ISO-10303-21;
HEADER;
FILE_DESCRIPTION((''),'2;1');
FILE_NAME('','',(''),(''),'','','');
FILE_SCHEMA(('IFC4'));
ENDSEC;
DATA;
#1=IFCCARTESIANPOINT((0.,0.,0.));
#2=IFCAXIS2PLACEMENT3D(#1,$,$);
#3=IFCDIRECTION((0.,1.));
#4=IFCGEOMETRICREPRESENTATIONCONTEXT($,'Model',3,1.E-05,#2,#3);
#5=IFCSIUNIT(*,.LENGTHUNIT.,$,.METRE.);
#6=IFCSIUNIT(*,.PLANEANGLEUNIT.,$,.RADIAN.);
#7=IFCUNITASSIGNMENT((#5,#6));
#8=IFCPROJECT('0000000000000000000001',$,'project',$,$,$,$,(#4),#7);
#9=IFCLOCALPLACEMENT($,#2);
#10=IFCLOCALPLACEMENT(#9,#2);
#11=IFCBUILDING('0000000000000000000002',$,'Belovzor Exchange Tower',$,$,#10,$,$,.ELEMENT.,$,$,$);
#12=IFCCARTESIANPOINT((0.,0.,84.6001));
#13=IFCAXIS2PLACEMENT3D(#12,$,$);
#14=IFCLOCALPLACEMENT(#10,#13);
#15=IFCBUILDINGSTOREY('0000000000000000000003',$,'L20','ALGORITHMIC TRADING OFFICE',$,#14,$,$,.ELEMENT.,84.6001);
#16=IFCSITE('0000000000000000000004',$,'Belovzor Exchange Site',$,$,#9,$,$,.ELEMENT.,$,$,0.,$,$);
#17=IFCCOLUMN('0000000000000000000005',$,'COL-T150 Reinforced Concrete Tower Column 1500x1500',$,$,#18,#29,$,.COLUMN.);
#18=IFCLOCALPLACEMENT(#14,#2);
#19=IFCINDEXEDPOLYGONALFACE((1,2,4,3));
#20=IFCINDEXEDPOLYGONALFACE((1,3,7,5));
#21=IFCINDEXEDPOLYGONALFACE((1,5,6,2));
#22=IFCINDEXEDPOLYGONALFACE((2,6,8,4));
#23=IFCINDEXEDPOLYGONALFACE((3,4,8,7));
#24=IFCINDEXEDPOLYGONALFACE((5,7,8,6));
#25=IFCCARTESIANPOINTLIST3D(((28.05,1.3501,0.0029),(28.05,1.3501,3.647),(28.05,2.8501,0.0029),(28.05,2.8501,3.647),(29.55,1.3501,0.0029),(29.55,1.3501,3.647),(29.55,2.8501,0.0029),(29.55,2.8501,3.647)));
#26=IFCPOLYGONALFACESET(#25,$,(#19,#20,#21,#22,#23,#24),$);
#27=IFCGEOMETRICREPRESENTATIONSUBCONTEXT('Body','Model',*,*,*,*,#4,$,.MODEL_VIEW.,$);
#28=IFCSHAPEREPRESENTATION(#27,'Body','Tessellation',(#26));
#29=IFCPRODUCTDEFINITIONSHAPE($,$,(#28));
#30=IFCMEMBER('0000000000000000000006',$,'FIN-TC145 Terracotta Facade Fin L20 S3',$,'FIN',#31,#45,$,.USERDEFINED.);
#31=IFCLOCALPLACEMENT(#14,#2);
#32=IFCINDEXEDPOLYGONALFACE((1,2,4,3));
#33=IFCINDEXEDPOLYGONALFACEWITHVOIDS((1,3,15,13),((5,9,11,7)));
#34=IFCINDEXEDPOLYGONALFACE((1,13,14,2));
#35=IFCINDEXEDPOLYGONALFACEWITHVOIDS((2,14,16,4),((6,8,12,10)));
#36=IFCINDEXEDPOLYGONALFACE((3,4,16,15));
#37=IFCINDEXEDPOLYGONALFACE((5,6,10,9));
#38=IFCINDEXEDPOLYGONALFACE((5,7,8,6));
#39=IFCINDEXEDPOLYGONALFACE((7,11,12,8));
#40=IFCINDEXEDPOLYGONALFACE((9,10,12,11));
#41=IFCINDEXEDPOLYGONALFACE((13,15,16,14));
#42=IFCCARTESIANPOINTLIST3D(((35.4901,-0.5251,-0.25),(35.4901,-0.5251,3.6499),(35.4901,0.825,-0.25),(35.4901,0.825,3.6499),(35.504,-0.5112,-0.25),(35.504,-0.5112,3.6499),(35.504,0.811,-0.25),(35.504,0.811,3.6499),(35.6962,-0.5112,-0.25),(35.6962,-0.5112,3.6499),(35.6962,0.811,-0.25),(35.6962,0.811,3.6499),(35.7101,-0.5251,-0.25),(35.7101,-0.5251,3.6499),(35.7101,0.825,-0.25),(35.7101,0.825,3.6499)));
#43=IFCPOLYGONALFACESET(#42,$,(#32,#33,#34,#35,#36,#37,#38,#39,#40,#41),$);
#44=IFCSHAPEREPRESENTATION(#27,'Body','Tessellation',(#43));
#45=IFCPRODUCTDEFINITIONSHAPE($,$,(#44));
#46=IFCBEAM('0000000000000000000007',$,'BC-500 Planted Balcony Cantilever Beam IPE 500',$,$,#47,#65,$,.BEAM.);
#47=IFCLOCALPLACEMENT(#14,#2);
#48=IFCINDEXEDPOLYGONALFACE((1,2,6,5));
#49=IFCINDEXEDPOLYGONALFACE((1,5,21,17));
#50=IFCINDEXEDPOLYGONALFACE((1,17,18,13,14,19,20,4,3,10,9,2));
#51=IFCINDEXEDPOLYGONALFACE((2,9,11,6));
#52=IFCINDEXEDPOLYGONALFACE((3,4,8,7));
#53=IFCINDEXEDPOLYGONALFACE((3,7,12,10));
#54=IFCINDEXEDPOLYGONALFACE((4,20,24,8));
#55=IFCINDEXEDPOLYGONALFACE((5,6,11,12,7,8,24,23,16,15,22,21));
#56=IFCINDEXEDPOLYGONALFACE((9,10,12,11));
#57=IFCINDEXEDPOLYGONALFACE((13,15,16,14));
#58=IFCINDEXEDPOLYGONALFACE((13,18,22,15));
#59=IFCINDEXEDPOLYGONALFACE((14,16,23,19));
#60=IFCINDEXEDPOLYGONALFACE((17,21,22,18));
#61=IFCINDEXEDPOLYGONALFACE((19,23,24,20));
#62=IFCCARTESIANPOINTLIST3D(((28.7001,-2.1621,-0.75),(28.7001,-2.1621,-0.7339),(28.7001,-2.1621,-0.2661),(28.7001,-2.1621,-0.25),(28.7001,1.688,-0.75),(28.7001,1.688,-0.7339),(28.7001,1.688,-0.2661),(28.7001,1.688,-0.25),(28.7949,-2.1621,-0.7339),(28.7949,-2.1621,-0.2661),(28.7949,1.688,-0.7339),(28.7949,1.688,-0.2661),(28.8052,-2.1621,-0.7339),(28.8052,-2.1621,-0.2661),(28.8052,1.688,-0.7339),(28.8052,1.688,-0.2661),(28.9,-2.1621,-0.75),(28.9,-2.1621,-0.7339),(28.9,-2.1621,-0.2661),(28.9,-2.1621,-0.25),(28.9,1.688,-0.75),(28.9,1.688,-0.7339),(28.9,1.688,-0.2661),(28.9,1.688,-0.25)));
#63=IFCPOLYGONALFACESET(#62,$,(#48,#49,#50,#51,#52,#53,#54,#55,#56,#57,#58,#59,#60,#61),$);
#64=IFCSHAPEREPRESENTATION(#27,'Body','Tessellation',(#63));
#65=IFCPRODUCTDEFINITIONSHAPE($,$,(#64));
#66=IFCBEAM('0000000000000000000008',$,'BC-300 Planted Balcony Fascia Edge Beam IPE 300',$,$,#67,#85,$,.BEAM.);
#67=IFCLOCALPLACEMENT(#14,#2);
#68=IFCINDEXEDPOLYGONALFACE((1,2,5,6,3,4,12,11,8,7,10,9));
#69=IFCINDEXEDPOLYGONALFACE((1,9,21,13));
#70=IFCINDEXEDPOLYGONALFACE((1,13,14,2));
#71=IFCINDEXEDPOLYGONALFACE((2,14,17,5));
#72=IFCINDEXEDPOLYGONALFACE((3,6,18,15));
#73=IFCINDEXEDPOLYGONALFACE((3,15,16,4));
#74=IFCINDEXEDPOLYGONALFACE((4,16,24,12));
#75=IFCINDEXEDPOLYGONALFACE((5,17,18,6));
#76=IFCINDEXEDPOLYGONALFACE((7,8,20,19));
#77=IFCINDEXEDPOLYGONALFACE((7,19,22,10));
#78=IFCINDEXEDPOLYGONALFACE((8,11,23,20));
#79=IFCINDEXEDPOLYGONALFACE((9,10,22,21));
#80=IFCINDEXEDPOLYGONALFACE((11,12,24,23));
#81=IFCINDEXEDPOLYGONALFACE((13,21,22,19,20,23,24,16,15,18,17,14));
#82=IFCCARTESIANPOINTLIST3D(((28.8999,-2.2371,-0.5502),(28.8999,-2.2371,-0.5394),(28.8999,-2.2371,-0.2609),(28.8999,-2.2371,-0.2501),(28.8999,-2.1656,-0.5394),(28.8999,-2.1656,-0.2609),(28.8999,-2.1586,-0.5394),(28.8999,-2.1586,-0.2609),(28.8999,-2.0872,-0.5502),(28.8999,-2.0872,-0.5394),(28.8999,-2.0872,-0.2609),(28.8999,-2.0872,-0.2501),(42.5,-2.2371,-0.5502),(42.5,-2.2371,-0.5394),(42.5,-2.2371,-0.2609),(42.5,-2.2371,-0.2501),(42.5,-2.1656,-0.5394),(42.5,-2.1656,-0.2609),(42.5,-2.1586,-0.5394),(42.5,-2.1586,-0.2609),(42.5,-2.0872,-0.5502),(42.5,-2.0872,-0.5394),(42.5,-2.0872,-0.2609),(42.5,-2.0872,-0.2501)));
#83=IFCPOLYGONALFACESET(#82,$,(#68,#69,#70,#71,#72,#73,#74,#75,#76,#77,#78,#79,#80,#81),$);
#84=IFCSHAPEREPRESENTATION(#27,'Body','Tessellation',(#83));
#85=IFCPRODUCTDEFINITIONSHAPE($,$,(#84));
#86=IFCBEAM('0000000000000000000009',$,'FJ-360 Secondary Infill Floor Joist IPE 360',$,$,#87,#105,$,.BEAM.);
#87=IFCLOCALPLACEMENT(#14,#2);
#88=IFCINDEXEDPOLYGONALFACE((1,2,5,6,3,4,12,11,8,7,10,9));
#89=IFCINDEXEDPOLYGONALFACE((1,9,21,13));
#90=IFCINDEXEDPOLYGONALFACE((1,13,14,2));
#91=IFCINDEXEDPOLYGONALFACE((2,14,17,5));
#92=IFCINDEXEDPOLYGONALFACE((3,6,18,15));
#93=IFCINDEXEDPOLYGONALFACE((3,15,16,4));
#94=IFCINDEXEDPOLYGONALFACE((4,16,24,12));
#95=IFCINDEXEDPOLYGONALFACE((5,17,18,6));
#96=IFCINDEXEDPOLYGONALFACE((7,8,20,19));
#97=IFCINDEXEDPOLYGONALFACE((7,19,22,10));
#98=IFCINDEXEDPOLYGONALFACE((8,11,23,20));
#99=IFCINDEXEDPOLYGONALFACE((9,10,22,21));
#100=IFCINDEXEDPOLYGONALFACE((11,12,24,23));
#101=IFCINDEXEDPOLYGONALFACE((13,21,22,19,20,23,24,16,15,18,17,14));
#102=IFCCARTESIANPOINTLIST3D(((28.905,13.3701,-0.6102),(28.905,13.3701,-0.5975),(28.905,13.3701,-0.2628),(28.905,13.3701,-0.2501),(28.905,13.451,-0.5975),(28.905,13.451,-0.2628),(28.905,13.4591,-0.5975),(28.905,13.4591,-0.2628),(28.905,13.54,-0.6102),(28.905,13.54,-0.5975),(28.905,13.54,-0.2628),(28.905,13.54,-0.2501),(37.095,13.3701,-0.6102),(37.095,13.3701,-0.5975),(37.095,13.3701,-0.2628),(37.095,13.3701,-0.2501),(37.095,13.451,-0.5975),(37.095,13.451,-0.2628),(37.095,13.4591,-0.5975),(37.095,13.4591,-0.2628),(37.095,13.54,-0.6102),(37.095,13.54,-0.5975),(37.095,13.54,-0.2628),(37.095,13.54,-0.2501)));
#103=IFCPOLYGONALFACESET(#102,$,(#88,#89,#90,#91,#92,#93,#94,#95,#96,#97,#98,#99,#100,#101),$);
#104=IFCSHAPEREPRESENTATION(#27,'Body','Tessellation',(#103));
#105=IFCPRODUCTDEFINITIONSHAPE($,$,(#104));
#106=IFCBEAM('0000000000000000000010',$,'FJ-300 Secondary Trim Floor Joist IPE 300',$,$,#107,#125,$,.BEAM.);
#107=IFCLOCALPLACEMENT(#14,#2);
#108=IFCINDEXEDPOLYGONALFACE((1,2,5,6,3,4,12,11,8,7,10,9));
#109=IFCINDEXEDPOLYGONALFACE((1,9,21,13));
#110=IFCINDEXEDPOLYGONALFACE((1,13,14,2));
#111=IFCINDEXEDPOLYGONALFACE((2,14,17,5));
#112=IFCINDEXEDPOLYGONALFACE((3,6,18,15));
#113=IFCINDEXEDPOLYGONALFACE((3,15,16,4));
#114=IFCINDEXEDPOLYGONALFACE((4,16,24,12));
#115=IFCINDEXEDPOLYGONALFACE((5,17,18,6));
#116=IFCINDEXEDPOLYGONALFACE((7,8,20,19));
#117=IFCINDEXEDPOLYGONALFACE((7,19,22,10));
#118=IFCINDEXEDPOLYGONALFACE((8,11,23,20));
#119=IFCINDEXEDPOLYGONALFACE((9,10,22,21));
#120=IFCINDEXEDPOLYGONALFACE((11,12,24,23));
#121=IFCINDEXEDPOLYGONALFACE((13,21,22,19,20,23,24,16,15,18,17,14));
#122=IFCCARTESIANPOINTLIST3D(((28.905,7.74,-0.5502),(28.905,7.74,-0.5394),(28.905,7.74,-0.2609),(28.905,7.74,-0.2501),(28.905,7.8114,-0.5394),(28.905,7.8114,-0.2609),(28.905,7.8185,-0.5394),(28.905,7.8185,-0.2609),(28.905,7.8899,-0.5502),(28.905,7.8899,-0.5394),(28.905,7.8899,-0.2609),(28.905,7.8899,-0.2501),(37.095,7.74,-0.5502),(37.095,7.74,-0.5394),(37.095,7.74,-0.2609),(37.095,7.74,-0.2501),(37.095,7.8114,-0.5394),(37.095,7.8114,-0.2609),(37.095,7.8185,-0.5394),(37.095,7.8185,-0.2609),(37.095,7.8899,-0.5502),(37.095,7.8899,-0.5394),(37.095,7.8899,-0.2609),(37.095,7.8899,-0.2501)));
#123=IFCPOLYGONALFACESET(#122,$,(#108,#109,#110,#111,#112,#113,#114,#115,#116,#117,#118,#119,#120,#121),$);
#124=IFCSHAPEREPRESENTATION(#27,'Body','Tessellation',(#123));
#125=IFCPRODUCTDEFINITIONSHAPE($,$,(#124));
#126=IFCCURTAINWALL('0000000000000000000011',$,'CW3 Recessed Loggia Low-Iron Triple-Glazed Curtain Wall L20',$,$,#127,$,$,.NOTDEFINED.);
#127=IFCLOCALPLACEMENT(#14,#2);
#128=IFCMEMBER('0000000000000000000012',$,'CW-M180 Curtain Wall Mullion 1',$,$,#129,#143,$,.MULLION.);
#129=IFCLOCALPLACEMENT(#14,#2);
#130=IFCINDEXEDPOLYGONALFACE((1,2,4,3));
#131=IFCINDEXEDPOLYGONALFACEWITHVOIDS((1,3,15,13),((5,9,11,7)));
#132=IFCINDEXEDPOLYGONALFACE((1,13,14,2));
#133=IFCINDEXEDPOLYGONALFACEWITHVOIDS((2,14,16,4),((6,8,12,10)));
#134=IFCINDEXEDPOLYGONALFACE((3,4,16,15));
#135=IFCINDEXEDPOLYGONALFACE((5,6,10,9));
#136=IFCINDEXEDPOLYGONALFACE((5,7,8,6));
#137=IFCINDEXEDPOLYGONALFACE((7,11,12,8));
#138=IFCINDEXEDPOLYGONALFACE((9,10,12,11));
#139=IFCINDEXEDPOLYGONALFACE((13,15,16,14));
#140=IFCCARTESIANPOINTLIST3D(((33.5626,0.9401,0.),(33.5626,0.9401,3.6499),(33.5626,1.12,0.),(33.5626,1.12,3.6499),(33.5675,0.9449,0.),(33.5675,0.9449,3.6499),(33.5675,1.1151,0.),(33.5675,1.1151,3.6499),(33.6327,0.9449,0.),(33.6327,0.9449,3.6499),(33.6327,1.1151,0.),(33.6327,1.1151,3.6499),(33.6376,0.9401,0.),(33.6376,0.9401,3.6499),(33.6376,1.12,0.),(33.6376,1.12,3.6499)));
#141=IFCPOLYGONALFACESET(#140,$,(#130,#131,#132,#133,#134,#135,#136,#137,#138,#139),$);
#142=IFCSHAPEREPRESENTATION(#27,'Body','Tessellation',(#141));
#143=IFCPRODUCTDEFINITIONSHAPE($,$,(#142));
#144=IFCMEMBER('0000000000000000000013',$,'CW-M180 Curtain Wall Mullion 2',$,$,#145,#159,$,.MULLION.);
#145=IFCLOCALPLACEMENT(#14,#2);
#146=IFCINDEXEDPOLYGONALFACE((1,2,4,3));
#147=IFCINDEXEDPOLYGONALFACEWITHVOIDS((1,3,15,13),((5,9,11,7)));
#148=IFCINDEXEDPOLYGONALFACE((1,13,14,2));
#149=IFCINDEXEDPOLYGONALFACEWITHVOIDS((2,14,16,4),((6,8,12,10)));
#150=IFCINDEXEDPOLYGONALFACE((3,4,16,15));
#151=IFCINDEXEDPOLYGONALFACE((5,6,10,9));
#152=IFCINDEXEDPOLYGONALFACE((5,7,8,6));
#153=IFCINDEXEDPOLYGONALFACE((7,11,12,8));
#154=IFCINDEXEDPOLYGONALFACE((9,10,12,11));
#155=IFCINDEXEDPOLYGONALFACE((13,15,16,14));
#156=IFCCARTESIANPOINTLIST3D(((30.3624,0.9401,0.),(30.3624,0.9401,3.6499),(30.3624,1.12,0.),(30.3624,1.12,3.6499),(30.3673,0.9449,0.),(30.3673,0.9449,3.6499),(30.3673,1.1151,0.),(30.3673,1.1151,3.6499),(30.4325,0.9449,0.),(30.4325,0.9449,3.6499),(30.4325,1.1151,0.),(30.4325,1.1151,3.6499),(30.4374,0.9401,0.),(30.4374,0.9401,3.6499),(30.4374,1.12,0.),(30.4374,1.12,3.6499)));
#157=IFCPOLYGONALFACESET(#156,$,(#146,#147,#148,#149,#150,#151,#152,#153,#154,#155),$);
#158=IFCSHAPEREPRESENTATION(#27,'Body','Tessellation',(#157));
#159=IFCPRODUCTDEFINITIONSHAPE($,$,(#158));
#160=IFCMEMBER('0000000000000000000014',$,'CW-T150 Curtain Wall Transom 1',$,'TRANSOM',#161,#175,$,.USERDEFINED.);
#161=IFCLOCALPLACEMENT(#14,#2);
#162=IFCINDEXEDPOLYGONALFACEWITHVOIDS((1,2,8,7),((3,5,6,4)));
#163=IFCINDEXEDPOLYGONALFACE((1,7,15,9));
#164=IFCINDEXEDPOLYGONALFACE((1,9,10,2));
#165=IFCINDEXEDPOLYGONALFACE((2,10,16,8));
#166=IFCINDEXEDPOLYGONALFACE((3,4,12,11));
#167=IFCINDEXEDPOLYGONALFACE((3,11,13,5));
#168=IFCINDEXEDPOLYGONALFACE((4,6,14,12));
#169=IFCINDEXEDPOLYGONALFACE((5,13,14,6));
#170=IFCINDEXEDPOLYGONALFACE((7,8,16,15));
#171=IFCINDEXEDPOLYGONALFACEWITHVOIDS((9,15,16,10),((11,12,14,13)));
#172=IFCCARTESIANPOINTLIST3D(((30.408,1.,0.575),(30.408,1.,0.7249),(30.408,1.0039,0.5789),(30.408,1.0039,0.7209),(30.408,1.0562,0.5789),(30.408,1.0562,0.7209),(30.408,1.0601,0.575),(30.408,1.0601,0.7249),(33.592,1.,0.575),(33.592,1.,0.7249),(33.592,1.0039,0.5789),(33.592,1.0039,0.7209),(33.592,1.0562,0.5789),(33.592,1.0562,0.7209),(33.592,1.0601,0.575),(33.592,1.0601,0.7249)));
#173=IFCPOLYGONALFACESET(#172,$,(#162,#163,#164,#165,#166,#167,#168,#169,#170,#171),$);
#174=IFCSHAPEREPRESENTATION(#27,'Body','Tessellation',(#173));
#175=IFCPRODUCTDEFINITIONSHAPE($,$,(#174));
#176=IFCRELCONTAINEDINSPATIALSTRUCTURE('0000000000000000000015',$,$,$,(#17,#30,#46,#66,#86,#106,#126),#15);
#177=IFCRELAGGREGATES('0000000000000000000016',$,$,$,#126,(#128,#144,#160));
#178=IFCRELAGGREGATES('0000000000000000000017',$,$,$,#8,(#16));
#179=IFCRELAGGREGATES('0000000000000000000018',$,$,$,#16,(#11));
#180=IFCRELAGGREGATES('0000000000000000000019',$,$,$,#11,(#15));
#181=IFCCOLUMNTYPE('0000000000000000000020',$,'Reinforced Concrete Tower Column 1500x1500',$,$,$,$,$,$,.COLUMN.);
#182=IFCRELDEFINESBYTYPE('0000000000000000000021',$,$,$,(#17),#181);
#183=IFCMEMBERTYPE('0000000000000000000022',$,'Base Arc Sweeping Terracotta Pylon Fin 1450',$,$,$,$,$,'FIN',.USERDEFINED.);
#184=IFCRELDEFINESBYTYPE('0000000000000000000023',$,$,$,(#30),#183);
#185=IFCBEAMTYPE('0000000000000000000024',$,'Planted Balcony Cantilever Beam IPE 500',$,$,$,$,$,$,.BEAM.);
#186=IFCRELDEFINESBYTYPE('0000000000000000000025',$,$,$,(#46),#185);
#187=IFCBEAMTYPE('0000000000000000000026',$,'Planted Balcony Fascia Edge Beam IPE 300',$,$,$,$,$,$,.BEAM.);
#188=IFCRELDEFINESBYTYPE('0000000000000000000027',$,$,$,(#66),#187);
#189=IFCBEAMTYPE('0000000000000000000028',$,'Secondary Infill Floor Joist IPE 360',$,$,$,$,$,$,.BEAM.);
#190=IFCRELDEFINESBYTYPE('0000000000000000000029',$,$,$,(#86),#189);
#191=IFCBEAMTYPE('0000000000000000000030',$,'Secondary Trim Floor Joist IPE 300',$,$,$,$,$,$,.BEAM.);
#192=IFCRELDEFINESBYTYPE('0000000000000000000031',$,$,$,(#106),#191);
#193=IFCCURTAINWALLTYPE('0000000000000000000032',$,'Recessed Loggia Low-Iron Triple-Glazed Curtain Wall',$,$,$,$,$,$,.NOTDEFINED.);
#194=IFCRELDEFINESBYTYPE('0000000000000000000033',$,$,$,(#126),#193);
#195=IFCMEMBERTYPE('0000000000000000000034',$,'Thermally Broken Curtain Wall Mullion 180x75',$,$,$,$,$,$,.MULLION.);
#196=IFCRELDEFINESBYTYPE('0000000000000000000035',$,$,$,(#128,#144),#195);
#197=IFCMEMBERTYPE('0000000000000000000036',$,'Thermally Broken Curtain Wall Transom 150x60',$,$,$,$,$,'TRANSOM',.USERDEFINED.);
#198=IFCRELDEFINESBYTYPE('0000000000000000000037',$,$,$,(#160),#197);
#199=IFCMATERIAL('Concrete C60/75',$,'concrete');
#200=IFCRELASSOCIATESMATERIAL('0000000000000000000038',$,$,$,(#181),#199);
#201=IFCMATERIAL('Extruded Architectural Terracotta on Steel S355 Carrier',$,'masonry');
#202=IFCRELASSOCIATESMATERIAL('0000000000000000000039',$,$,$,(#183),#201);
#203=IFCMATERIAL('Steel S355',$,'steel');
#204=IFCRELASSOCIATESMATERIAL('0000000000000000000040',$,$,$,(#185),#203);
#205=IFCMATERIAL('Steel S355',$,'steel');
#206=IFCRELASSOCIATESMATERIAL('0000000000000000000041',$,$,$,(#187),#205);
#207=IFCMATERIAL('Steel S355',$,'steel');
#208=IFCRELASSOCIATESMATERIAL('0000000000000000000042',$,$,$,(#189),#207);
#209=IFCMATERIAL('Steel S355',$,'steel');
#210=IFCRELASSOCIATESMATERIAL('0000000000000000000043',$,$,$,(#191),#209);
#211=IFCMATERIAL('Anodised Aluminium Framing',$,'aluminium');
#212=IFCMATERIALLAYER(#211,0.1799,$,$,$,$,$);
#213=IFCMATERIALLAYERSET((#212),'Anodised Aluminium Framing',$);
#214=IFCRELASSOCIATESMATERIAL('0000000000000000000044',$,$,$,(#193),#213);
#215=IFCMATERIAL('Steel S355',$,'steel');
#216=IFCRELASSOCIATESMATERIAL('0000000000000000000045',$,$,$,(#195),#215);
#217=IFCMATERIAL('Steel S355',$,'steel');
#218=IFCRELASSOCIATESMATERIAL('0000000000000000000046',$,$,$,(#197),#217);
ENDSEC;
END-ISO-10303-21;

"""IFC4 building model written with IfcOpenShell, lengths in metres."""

from ifc_helpers import new_model, si_unit, direction, frame, origin, origin_2d, place, context, subcontext, project, spatial, rectangle, hollow_rectangle, i_section, extrude, material, layer, layer_set, material_profile, profile_set, type_object, element, aggregate, save


model = new_model("IFC4")

# Units and contexts
model_context = context("Model", 3, precision=1e-05, world=origin(), true_north=direction((0.0, 1.0)))
body_context = subcontext(model_context, "Body", "Model", "MODEL_VIEW")
ifc_project = project(units=[si_unit("LENGTHUNIT", "METRE"), si_unit("PLANEANGLEUNIT", "RADIAN")], contexts=[model_context])

# Site, building, storey
site_placement = place(None, origin())
site = spatial("IfcSite", under=ifc_project, at=site_placement, Name="Belovzor Exchange Site", CompositionType="ELEMENT", RefElevation=0.0)
building_placement = place(site_placement, origin())
building = spatial("IfcBuilding", under=site, at=building_placement, Name="Belovzor Exchange Tower", CompositionType="ELEMENT")
storey_placement = place(building_placement, frame((0.0, 0.0, 84.6001)))
storey = spatial("IfcBuildingStorey", under=building, at=storey_placement, Name="L20", Description="ALGORITHMIC TRADING OFFICE", CompositionType="ELEMENT", Elevation=84.6001)

# Column
ifc_material_1 = material(Name="Concrete C60/75", Category="concrete")
ifc_material_profile_1 = material_profile(ifc_material_1, rectangle(XDim=1.5, YDim=1.5, at=origin_2d()))
ifc_profile_set_1 = profile_set([ifc_material_profile_1], Name="Concrete C60/75")
column_type = type_object("IfcColumnType", Name="Reinforced Concrete Tower Column 1500x1500", PredefinedType="COLUMN", material=ifc_profile_set_1)
column_placement = place(storey_placement, frame((28.8, 2.1001, 0.0029), z_axis=(0.0, 0.0, 1.0), x_axis=(1.0, 0.0, 0.0)))
element("IfcColumn", 1, at=column_placement, inside=storey, type_object=column_type, Name="COL-T150 Reinforced Concrete Tower Column 1500x1500", PredefinedType="COLUMN", context=body_context, shape_type="SweptSolid", body=[
    extrude(rectangle(XDim=1.5, YDim=1.5, at=origin_2d()), origin(), (0.0, 0.0, 1.0), 3.644),
])

# Member
ifc_material_2 = material(Name="Extruded Architectural Terracotta on Steel S355 Carrier", Category="masonry")
ifc_material_profile_2 = material_profile(ifc_material_2, hollow_rectangle(XDim=0.22, YDim=1.3501, WallThickness=0.0139, at=origin_2d()))
ifc_profile_set_2 = profile_set([ifc_material_profile_2], Name="Extruded Architectural Terracotta on Steel S355 Carrier")
member_type_1 = type_object("IfcMemberType", Name="Base Arc Sweeping Terracotta Pylon Fin 1450", ElementType="FIN", PredefinedType="USERDEFINED", material=ifc_profile_set_2)
member_1_placement = place(storey_placement, frame((35.6001, 0.1499, -0.25), z_axis=(0.0, 0.0, 1.0), x_axis=(1.0, 0.0, 0.0)))
element("IfcMember", 2, at=member_1_placement, inside=storey, type_object=member_type_1, Name="FIN-TC145 Terracotta Facade Fin L20 S3", ObjectType="FIN", PredefinedType="USERDEFINED", context=body_context, shape_type="SweptSolid", body=[
    extrude(hollow_rectangle(XDim=0.22, YDim=1.3501, WallThickness=0.0139, at=origin_2d()), origin(), (0.0, 0.0, 1.0), 3.8999),
])

# Beams
ifc_material_3 = material(Name="Steel S355", Category="steel")
ifc_material_profile_3 = material_profile(ifc_material_3, i_section(OverallWidth=0.2, OverallDepth=0.5, WebThickness=0.0103, FlangeThickness=0.0161, at=origin_2d()))
ifc_profile_set_3 = profile_set([ifc_material_profile_3], Name="Steel S355")
beam_type_1 = type_object("IfcBeamType", Name="Planted Balcony Cantilever Beam IPE 500", PredefinedType="BEAM", material=ifc_profile_set_3)
beam_1_placement = place(storey_placement, frame((28.8, 1.688, -0.5), z_axis=(0.0, -1.0, 0.0), x_axis=(1.0, 0.0, 0.0)))
element("IfcBeam", 3, at=beam_1_placement, inside=storey, type_object=beam_type_1, Name="BC-500 Planted Balcony Cantilever Beam IPE 500", PredefinedType="BEAM", context=body_context, shape_type="SweptSolid", body=[
    extrude(i_section(OverallWidth=0.2, OverallDepth=0.5, WebThickness=0.0103, FlangeThickness=0.0161, at=origin_2d()), origin(), (0.0, 0.0, 1.0), 3.8501),
])
ifc_material_4 = material(Name="Steel S355", Category="steel")
ifc_material_profile_4 = material_profile(ifc_material_4, i_section(OverallWidth=0.1499, OverallDepth=0.3, WebThickness=0.0071, FlangeThickness=0.0107, at=origin_2d()))
ifc_profile_set_4 = profile_set([ifc_material_profile_4], Name="Steel S355")
beam_type_2 = type_object("IfcBeamType", Name="Planted Balcony Fascia Edge Beam IPE 300", PredefinedType="BEAM", material=ifc_profile_set_4)
beam_2_placement = place(storey_placement, frame((28.8999, -2.1621, -0.4001), z_axis=(1.0, 0.0, 0.0), x_axis=(0.0, 1.0, 0.0)))
element("IfcBeam", 4, at=beam_2_placement, inside=storey, type_object=beam_type_2, Name="BC-300 Planted Balcony Fascia Edge Beam IPE 300", PredefinedType="BEAM", context=body_context, shape_type="SweptSolid", body=[
    extrude(i_section(OverallWidth=0.1499, OverallDepth=0.3, WebThickness=0.0071, FlangeThickness=0.0107, at=origin_2d()), origin(), (0.0, 0.0, 1.0), 13.6001),
])
ifc_material_5 = material(Name="Steel S355", Category="steel")
ifc_material_profile_5 = material_profile(ifc_material_5, i_section(OverallWidth=0.1699, OverallDepth=0.3601, WebThickness=0.0081, FlangeThickness=0.0127, at=origin_2d()))
ifc_profile_set_5 = profile_set([ifc_material_profile_5], Name="Steel S355")
beam_type_3 = type_object("IfcBeamType", Name="Secondary Infill Floor Joist IPE 360", PredefinedType="BEAM", material=ifc_profile_set_5)
beam_3_placement = place(storey_placement, frame((28.905, 13.4551, -0.4302), z_axis=(1.0, 0.0, 0.0), x_axis=(0.0, 1.0, 0.0)))
element("IfcBeam", 5, at=beam_3_placement, inside=storey, type_object=beam_type_3, Name="FJ-360 Secondary Infill Floor Joist IPE 360", PredefinedType="BEAM", context=body_context, shape_type="SweptSolid", body=[
    extrude(i_section(OverallWidth=0.1699, OverallDepth=0.3601, WebThickness=0.0081, FlangeThickness=0.0127, at=origin_2d()), origin(), (0.0, 0.0, 1.0), 8.1899),
])
ifc_material_6 = material(Name="Steel S355", Category="steel")
ifc_material_profile_6 = material_profile(ifc_material_6, i_section(OverallWidth=0.1499, OverallDepth=0.3, WebThickness=0.0071, FlangeThickness=0.0107, at=origin_2d()))
ifc_profile_set_6 = profile_set([ifc_material_profile_6], Name="Steel S355")
beam_type_4 = type_object("IfcBeamType", Name="Secondary Trim Floor Joist IPE 300", PredefinedType="BEAM", material=ifc_profile_set_6)
beam_4_placement = place(storey_placement, frame((28.905, 7.8149, -0.4001), z_axis=(1.0, 0.0, 0.0), x_axis=(0.0, 1.0, 0.0)))
element("IfcBeam", 6, at=beam_4_placement, inside=storey, type_object=beam_type_4, Name="FJ-300 Secondary Trim Floor Joist IPE 300", PredefinedType="BEAM", context=body_context, shape_type="SweptSolid", body=[
    extrude(i_section(OverallWidth=0.1499, OverallDepth=0.3, WebThickness=0.0071, FlangeThickness=0.0107, at=origin_2d()), origin(), (0.0, 0.0, 1.0), 8.1899),
])

# Curtain wall, members
ifc_material_7 = material(Name="Anodised Aluminium Framing", Category="aluminium")
ifc_layer_1 = layer(ifc_material_7, 0.1799)
ifc_layer_set_1 = layer_set([ifc_layer_1], Name="Anodised Aluminium Framing")
curtain_wall_type = type_object("IfcCurtainWallType", Name="Recessed Loggia Low-Iron Triple-Glazed Curtain Wall", PredefinedType="NOTDEFINED", material=ifc_layer_set_1)
curtain_wall_placement = place(storey_placement, origin())
curtain_wall = element("IfcCurtainWall", 7, at=curtain_wall_placement, inside=storey, type_object=curtain_wall_type, Name="CW3 Recessed Loggia Low-Iron Triple-Glazed Curtain Wall L20", PredefinedType="NOTDEFINED")
ifc_material_8 = material(Name="Steel S355", Category="steel")
ifc_material_profile_7 = material_profile(ifc_material_8, hollow_rectangle(XDim=0.075, YDim=0.1799, WallThickness=0.0049, at=origin_2d()))
ifc_profile_set_7 = profile_set([ifc_material_profile_7], Name="Steel S355")
member_type_2 = type_object("IfcMemberType", Name="Thermally Broken Curtain Wall Mullion 180x75", PredefinedType="MULLION", material=ifc_profile_set_7)
member_2_placement = place(storey_placement, frame((33.6001, 1.03, 0.0), z_axis=(0.0, 0.0, 1.0), x_axis=(-1.0, 0.0, 0.0)))
member_2 = element("IfcMember", 8, at=member_2_placement, type_object=member_type_2, Name="CW-M180 Curtain Wall Mullion 1", PredefinedType="MULLION", context=body_context, shape_type="SweptSolid", body=[
    extrude(hollow_rectangle(XDim=0.075, YDim=0.1799, WallThickness=0.0049, at=origin_2d()), origin(), (0.0, 0.0, 1.0), 3.6499),
])
member_3_placement = place(storey_placement, frame((30.3999, 1.03, 0.0), z_axis=(0.0, 0.0, 1.0), x_axis=(-1.0, 0.0, 0.0)))
member_3 = element("IfcMember", 9, at=member_3_placement, type_object=member_type_2, Name="CW-M180 Curtain Wall Mullion 2", PredefinedType="MULLION", context=body_context, shape_type="SweptSolid", body=[
    extrude(hollow_rectangle(XDim=0.075, YDim=0.1799, WallThickness=0.0049, at=origin_2d()), origin(), (0.0, 0.0, 1.0), 3.6499),
])
ifc_material_9 = material(Name="Steel S355", Category="steel")
ifc_material_profile_8 = material_profile(ifc_material_9, hollow_rectangle(XDim=0.0601, YDim=0.1499, WallThickness=0.0039, at=origin_2d()))
ifc_profile_set_8 = profile_set([ifc_material_profile_8], Name="Steel S355")
member_type_3 = type_object("IfcMemberType", Name="Thermally Broken Curtain Wall Transom 150x60", ElementType="TRANSOM", PredefinedType="USERDEFINED", material=ifc_profile_set_8)
member_4_placement = place(storey_placement, frame((33.592, 1.03, 0.6499), z_axis=(-1.0, 0.0, 0.0), x_axis=(0.0, -1.0, 0.0)))
member_4 = element("IfcMember", 10, at=member_4_placement, type_object=member_type_3, Name="CW-T150 Curtain Wall Transom 1", ObjectType="TRANSOM", PredefinedType="USERDEFINED", context=body_context, shape_type="SweptSolid", body=[
    extrude(hollow_rectangle(XDim=0.0601, YDim=0.1499, WallThickness=0.0039, at=origin_2d()), origin(), (0.0, 0.0, 1.0), 3.1841),
])

aggregate(curtain_wall, [member_2, member_3, member_4])

save(model, "model.ifc")
